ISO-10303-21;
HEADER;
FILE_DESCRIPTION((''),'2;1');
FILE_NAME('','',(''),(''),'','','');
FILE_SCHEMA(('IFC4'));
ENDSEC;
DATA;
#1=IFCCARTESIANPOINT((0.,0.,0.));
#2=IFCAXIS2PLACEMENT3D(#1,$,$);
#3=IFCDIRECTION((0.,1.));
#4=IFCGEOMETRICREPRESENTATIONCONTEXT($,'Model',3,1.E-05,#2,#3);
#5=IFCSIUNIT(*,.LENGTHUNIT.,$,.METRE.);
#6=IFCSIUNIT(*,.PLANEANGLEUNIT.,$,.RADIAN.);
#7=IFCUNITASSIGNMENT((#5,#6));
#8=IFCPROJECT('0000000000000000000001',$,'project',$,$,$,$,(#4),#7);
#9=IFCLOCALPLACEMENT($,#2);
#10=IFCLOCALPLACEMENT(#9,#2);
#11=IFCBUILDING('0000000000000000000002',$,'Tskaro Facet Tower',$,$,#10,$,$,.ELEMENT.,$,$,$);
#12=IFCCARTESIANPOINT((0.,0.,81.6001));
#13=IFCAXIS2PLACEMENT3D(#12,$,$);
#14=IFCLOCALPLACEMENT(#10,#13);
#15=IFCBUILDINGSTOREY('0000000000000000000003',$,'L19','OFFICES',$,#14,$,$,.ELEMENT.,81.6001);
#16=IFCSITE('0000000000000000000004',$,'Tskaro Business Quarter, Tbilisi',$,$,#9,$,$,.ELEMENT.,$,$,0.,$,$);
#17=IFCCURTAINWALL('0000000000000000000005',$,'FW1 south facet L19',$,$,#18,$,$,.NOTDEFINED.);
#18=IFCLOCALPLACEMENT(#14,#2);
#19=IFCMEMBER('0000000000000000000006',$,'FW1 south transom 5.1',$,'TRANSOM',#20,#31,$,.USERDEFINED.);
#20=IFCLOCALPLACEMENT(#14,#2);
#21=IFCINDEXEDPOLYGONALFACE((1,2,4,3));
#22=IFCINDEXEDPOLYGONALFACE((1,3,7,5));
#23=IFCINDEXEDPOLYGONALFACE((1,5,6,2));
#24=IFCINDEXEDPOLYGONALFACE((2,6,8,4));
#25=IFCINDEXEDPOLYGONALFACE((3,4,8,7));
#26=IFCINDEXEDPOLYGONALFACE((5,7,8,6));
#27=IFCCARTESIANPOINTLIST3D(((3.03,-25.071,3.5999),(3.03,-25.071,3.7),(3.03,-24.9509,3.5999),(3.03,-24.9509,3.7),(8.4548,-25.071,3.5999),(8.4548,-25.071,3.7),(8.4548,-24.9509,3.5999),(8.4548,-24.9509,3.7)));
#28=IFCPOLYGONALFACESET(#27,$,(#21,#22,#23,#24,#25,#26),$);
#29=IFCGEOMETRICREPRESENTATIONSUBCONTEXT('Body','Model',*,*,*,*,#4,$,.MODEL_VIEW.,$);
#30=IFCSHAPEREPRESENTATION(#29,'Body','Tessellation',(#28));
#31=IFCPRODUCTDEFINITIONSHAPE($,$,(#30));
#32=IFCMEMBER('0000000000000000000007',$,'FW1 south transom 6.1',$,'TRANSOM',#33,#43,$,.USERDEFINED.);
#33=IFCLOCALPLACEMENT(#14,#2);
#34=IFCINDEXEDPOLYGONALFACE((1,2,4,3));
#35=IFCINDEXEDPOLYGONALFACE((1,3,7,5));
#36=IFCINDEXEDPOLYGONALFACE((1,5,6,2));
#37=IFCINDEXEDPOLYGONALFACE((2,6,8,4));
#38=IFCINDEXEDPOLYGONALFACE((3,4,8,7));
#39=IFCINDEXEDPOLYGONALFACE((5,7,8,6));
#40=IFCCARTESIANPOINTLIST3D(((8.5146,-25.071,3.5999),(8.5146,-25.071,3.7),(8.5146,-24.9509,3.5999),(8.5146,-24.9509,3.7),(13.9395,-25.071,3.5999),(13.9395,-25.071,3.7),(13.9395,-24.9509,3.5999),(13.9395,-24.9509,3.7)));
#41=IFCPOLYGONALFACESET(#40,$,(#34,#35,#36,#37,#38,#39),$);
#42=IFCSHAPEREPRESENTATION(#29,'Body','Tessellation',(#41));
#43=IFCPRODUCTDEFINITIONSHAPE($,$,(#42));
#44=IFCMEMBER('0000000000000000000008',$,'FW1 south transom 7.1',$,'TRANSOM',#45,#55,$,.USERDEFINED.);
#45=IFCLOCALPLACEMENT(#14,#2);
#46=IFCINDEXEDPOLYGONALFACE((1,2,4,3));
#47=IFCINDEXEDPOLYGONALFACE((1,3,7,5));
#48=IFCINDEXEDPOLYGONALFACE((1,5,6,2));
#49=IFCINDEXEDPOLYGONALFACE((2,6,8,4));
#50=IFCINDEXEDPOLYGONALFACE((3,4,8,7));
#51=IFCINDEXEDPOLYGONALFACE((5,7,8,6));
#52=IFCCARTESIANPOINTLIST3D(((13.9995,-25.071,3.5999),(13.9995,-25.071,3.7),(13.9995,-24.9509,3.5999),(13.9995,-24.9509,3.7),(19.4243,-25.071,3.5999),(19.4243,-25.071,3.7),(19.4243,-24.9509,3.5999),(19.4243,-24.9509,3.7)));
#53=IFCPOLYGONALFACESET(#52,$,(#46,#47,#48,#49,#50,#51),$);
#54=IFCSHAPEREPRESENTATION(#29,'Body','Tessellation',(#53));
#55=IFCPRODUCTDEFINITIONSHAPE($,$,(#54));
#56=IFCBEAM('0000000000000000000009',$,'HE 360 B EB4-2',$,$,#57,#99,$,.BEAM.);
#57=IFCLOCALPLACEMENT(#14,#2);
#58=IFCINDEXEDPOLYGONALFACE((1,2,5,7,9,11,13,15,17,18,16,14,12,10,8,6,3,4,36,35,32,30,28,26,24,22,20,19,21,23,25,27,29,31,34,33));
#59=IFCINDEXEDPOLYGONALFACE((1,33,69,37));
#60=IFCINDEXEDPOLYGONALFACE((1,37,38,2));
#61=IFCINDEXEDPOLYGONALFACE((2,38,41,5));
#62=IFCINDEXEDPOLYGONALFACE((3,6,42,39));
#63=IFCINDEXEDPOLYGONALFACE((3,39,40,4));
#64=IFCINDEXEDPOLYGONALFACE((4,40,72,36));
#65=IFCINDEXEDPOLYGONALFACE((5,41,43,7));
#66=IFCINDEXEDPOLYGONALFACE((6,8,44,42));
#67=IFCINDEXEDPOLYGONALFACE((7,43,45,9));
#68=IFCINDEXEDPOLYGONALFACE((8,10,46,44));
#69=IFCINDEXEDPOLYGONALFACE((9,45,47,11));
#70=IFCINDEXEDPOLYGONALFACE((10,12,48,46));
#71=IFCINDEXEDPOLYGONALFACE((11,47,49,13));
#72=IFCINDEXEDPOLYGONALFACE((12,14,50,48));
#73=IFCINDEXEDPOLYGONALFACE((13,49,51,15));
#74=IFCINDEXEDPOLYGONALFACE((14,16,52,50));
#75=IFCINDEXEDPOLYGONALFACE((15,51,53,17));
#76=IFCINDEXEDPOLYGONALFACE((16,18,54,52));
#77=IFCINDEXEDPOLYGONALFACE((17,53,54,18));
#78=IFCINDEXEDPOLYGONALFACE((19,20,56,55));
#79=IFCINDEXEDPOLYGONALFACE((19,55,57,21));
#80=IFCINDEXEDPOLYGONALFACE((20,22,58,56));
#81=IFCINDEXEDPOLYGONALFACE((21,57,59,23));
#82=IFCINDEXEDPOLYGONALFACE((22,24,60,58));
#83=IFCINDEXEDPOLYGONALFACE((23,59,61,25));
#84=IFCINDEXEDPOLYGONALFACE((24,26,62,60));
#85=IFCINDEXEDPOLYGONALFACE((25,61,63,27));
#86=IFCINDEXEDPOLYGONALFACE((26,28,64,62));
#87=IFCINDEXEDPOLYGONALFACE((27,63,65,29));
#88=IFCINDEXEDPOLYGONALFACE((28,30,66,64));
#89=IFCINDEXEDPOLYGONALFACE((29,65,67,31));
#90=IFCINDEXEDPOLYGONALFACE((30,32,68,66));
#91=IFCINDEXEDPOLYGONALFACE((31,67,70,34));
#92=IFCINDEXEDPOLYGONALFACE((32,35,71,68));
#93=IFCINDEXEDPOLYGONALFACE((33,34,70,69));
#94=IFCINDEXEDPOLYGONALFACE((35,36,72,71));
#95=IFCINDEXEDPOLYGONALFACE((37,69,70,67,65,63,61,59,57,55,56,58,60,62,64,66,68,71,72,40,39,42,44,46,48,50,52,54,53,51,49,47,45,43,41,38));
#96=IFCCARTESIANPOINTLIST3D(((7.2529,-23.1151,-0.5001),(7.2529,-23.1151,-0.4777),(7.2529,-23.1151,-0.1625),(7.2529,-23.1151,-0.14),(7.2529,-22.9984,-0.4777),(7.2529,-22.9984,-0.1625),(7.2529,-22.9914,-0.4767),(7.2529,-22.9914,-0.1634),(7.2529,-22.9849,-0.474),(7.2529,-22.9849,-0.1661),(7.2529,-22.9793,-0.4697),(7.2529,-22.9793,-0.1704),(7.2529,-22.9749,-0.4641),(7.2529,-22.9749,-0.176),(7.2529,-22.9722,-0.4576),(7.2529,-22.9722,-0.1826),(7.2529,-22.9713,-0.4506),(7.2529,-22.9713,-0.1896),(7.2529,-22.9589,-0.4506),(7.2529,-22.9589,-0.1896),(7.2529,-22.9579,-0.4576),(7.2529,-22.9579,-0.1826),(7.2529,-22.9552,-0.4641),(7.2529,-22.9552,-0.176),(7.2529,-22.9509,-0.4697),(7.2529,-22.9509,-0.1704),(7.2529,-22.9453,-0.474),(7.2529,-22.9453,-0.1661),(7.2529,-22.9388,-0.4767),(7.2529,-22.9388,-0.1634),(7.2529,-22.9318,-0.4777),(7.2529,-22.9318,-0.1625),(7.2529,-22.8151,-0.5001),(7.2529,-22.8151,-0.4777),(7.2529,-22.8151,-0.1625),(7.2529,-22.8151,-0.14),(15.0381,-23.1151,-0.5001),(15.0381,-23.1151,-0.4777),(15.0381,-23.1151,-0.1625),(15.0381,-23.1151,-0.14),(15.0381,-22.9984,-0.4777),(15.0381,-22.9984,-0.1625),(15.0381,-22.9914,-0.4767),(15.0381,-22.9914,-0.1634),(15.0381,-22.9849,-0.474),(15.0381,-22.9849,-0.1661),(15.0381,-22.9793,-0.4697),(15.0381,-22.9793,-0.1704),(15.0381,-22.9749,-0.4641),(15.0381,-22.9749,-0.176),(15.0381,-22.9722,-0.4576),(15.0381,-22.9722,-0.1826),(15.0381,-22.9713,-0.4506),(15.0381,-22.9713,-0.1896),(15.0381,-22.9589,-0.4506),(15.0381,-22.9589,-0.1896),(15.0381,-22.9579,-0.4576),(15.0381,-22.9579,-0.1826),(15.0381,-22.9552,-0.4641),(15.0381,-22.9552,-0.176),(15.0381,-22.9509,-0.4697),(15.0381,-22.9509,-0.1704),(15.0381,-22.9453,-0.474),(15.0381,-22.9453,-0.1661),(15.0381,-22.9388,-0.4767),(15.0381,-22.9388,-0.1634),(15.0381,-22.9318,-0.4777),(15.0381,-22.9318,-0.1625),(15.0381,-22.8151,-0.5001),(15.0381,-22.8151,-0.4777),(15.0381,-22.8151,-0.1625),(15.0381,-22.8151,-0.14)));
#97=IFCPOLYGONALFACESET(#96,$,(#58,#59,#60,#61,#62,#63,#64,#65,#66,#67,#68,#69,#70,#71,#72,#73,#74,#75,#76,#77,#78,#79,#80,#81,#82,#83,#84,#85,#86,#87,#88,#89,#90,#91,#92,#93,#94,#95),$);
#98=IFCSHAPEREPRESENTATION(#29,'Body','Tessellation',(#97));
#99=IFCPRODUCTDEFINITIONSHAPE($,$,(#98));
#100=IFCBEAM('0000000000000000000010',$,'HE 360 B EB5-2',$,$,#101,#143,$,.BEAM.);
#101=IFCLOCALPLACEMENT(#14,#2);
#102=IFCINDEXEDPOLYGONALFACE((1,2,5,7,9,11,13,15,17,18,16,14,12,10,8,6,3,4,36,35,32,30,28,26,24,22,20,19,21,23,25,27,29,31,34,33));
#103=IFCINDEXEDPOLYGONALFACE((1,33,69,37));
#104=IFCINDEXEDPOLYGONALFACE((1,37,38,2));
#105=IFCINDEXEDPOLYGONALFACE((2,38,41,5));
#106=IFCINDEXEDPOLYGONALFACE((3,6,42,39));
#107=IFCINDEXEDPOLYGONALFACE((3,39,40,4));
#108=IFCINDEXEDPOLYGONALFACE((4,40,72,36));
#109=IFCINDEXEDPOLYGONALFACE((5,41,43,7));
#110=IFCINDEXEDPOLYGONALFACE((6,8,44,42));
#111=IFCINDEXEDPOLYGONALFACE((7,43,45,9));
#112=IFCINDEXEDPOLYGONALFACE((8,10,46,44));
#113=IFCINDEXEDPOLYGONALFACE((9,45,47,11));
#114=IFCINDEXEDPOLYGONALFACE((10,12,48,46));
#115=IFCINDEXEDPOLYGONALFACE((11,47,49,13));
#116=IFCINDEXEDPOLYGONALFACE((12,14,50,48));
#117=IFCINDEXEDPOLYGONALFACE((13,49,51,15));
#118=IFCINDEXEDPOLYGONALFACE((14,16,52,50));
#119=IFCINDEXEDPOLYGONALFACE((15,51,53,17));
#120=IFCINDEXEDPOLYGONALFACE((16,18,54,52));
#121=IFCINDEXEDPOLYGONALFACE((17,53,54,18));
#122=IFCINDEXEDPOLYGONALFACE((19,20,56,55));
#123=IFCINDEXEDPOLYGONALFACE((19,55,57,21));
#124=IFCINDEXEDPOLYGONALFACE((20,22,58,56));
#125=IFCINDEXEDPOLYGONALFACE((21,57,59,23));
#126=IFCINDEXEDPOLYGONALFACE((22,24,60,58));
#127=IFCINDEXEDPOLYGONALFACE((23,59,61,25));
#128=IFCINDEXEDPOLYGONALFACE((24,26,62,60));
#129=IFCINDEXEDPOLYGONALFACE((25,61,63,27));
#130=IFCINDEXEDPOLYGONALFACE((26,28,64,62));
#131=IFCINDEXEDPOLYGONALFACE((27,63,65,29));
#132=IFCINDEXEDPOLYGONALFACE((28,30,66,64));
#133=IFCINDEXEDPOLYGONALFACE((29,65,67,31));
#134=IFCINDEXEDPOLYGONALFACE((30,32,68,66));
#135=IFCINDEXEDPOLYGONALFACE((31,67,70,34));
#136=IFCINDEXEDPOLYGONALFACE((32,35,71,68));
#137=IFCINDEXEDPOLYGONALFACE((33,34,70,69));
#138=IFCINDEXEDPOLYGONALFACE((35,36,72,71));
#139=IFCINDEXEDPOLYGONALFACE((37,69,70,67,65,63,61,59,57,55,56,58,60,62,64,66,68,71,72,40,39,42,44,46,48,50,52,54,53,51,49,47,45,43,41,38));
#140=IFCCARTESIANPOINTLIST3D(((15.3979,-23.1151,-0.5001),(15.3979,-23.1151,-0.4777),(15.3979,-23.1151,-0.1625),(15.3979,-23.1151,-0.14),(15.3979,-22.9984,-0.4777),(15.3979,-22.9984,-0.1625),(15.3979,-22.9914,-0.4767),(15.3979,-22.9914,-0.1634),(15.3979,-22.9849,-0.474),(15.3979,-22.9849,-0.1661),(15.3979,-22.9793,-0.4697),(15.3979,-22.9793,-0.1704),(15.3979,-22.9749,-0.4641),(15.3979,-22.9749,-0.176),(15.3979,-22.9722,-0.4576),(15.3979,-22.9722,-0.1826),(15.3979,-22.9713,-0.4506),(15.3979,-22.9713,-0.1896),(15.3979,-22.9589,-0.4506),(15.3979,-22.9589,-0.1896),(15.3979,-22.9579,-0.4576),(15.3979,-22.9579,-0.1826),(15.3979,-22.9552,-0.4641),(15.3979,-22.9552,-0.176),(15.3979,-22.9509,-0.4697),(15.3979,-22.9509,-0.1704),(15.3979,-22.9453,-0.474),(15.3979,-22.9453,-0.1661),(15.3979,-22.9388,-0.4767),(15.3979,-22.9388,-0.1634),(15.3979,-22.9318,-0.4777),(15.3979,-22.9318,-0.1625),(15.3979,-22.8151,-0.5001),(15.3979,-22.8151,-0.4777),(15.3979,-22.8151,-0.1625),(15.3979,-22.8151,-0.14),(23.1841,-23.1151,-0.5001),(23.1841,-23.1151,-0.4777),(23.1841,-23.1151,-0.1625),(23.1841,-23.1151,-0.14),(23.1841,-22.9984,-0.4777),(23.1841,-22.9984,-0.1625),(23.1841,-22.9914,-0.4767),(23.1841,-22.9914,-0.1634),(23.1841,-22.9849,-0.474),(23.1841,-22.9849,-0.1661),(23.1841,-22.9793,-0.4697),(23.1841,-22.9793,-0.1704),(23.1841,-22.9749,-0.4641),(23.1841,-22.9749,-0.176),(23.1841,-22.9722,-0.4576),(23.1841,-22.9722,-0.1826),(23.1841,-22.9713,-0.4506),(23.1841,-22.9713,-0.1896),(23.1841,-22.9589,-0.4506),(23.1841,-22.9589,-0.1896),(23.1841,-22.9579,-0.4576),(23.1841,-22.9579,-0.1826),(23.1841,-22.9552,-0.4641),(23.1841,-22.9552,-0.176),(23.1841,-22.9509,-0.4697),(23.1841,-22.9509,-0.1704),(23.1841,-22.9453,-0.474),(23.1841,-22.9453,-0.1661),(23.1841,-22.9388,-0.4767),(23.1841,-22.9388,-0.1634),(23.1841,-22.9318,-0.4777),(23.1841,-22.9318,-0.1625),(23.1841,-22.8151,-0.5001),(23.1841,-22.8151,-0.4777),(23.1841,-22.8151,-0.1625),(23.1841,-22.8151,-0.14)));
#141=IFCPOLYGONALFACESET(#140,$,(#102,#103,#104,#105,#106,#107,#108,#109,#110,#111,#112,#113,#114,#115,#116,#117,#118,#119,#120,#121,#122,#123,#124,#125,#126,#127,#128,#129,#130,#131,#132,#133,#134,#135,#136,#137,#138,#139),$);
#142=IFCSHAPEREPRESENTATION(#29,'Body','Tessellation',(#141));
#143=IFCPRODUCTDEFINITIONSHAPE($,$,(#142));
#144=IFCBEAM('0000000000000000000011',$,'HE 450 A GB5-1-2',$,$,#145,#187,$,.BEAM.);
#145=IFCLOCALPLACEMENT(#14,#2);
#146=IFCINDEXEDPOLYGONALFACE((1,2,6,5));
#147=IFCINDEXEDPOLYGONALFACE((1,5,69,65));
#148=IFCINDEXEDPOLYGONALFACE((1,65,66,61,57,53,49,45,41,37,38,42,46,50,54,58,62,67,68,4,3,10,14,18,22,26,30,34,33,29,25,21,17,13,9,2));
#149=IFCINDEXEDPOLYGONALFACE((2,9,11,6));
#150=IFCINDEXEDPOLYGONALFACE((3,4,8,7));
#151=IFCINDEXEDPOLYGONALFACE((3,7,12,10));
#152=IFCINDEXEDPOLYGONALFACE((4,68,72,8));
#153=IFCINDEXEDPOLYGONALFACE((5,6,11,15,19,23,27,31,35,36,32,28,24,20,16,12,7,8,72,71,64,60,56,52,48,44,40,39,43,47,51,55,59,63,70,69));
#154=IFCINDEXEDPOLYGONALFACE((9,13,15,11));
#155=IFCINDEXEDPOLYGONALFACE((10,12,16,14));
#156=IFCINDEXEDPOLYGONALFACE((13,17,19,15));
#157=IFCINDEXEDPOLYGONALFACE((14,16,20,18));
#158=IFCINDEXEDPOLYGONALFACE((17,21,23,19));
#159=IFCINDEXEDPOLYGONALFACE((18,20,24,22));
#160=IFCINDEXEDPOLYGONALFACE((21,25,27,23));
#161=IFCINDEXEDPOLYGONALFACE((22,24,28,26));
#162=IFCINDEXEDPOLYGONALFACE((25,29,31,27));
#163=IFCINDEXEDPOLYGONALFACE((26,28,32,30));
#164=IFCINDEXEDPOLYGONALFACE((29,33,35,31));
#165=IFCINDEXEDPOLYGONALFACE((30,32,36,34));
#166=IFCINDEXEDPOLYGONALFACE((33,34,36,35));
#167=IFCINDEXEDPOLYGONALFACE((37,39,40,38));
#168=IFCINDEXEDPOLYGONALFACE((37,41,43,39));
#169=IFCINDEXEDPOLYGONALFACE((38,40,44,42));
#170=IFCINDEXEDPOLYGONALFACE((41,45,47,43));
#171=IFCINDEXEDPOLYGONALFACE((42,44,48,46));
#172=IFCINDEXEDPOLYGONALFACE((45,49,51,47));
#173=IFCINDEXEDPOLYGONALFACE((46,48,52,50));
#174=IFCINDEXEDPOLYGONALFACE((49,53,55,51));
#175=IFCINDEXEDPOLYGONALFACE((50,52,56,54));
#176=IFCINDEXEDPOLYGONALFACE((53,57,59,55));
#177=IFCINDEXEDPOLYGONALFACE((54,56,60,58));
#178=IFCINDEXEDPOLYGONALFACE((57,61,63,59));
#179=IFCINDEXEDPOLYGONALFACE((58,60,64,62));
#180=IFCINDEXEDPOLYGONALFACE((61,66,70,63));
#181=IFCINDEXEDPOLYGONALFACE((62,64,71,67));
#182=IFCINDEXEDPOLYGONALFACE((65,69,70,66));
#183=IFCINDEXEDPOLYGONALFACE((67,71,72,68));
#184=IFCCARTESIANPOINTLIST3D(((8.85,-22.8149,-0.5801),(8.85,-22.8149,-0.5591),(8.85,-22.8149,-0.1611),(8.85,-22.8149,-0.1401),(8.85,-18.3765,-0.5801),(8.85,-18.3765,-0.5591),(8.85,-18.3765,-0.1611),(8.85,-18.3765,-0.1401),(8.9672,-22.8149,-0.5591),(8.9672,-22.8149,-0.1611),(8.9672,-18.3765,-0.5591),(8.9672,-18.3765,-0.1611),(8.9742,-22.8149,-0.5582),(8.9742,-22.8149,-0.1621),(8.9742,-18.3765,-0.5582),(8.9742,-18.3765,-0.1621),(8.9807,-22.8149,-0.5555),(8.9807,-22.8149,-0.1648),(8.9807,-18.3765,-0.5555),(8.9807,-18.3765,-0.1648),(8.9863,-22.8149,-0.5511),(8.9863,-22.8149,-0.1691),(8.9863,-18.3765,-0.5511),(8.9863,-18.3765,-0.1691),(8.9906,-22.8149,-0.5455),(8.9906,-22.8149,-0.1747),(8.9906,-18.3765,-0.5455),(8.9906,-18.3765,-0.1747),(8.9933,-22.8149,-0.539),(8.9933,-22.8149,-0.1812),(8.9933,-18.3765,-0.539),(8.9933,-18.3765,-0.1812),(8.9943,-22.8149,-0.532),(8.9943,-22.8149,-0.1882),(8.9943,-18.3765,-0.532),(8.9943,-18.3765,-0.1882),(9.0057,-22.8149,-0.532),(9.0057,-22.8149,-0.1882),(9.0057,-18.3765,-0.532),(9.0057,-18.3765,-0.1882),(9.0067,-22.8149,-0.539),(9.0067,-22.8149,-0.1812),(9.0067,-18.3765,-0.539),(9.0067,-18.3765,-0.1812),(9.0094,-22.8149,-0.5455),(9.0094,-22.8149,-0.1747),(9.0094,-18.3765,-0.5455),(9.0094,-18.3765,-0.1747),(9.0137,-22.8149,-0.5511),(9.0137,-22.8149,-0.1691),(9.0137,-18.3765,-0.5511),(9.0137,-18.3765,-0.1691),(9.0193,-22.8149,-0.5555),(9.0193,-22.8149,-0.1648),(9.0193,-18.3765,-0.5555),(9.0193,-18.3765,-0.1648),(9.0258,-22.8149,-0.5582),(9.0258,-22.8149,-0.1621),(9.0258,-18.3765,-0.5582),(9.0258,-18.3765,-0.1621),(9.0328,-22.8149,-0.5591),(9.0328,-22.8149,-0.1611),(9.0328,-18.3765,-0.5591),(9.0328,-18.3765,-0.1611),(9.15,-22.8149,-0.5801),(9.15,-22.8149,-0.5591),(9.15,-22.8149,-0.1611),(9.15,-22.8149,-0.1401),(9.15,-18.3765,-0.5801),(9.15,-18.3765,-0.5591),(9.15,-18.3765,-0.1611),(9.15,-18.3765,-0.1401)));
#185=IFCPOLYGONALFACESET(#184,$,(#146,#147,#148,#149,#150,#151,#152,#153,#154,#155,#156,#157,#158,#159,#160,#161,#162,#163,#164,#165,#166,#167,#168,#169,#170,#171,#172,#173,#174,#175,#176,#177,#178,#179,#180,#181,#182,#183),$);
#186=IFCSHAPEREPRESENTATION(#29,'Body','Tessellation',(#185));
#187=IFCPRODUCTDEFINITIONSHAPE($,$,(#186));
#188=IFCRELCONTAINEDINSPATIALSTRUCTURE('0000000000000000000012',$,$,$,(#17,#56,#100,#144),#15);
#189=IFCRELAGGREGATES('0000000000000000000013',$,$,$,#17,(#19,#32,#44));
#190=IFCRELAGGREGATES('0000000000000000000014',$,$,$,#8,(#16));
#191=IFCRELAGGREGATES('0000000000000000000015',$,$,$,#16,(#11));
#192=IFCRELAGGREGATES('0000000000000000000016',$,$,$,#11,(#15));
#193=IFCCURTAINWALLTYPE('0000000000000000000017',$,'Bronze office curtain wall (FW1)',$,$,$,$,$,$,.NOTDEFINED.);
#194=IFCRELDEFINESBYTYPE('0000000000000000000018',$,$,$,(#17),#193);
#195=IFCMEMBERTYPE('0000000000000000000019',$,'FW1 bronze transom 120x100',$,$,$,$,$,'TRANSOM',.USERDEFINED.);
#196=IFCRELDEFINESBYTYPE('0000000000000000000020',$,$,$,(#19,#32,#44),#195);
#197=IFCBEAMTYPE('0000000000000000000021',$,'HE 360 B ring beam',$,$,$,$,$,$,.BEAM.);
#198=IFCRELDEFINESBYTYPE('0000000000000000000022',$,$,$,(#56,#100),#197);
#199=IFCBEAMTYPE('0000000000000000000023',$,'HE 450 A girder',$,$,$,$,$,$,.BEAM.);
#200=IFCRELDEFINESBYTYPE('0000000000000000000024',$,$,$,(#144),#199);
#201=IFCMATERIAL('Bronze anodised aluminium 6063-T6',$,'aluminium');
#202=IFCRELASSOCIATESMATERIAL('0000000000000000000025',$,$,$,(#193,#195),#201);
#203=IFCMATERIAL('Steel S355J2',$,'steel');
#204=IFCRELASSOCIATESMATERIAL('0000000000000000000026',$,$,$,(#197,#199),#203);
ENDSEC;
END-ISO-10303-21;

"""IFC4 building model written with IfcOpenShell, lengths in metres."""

from ifc_helpers import new_model, si_unit, direction, frame, origin, origin_2d, place, context, subcontext, project, spatial, rectangle, i_section, extrude, material, material_profile, profile_set, type_object, element, aggregate, save


model = new_model("IFC4")

# Units and contexts
model_context = context("Model", 3, precision=1e-05, world=origin(), true_north=direction((0.0, 1.0)))
body_context = subcontext(model_context, "Body", "Model", "MODEL_VIEW")
ifc_project = project(units=[si_unit("LENGTHUNIT", "METRE"), si_unit("PLANEANGLEUNIT", "RADIAN")], contexts=[model_context])

# Site, building, storey
site_placement = place(None, origin())
site = spatial("IfcSite", under=ifc_project, at=site_placement, Name="Tskaro Business Quarter, Tbilisi", CompositionType="ELEMENT", RefElevation=0.0)
building_placement = place(site_placement, origin())
building = spatial("IfcBuilding", under=site, at=building_placement, Name="Tskaro Facet Tower", CompositionType="ELEMENT")
storey_placement = place(building_placement, frame((0.0, 0.0, 81.6001)))
storey = spatial("IfcBuildingStorey", under=building, at=storey_placement, Name="L19", Description="OFFICES", CompositionType="ELEMENT", Elevation=81.6001)

# Curtain wall, members
ifc_material_1 = material(Name="Bronze anodised aluminium 6063-T6", Category="aluminium")
curtain_wall_type = type_object("IfcCurtainWallType", Name="Bronze office curtain wall (FW1)", PredefinedType="NOTDEFINED", material=ifc_material_1)
curtain_wall_placement = place(storey_placement, origin())
curtain_wall = element("IfcCurtainWall", 1, at=curtain_wall_placement, inside=storey, type_object=curtain_wall_type, Name="FW1 south facet L19", PredefinedType="NOTDEFINED")
ifc_material_profile_1 = material_profile(ifc_material_1, rectangle(XDim=0.1201, YDim=0.1001, at=origin_2d()), Name="Transom 120x100")
ifc_profile_set_1 = profile_set([ifc_material_profile_1], Name="Bronze anodised aluminium 6063-T6")
member_type_1 = type_object("IfcMemberType", Name="FW1 bronze transom 120x100", ElementType="TRANSOM", PredefinedType="USERDEFINED", material=ifc_profile_set_1)
member_1_placement = place(storey_placement, frame((3.03, -25.011, 3.6499), z_axis=(1.0, 0.0, 0.0), x_axis=(0.0, 1.0, 0.0)))
member_1 = element("IfcMember", 2, at=member_1_placement, type_object=member_type_1, Name="FW1 south transom 5.1", ObjectType="TRANSOM", PredefinedType="USERDEFINED", context=body_context, shape_type="SweptSolid", body=[
    extrude(rectangle(XDim=0.1201, YDim=0.1001, at=origin_2d()), origin(), (0.0, 0.0, 1.0), 5.4248),
])
member_2_placement = place(storey_placement, frame((8.5146, -25.011, 3.6499), z_axis=(1.0, 0.0, 0.0), x_axis=(0.0, 1.0, 0.0)))
member_2 = element("IfcMember", 3, at=member_2_placement, type_object=member_type_1, Name="FW1 south transom 6.1", ObjectType="TRANSOM", PredefinedType="USERDEFINED", context=body_context, shape_type="SweptSolid", body=[
    extrude(rectangle(XDim=0.1201, YDim=0.1001, at=origin_2d()), origin(), (0.0, 0.0, 1.0), 5.4248),
])
member_3_placement = place(storey_placement, frame((13.9995, -25.011, 3.6499), z_axis=(1.0, 0.0, 0.0), x_axis=(0.0, 1.0, 0.0)))
member_3 = element("IfcMember", 4, at=member_3_placement, type_object=member_type_1, Name="FW1 south transom 7.1", ObjectType="TRANSOM", PredefinedType="USERDEFINED", context=body_context, shape_type="SweptSolid", body=[
    extrude(rectangle(XDim=0.1201, YDim=0.1001, at=origin_2d()), origin(), (0.0, 0.0, 1.0), 5.4248),
])

# Beams
ifc_material_2 = material(Name="Steel S355J2", Category="steel")
ifc_material_profile_2 = material_profile(ifc_material_2, i_section(OverallWidth=0.3, OverallDepth=0.3601, WebThickness=0.0125, FlangeThickness=0.0225, FilletRadius=0.0271, at=origin_2d()), Name="HE 360 B")
ifc_profile_set_2 = profile_set([ifc_material_profile_2], Name="Steel S355J2")
beam_type_1 = type_object("IfcBeamType", Name="HE 360 B ring beam", PredefinedType="BEAM", material=ifc_profile_set_2)
beam_1_placement = place(storey_placement, frame((7.2529, -22.9651, -0.3201), z_axis=(1.0, 0.0, 0.0), x_axis=(0.0, 1.0, 0.0)))
element("IfcBeam", 5, at=beam_1_placement, inside=storey, type_object=beam_type_1, Name="HE 360 B EB4-2", PredefinedType="BEAM", context=body_context, shape_type="SweptSolid", body=[
    extrude(i_section(OverallWidth=0.3, OverallDepth=0.3601, WebThickness=0.0125, FlangeThickness=0.0225, FilletRadius=0.0271, at=origin_2d()), origin(), (0.0, 0.0, 1.0), 7.7852),
])
beam_2_placement = place(storey_placement, frame((15.3979, -22.9651, -0.3201), z_axis=(1.0, 0.0, 0.0), x_axis=(0.0, 1.0, 0.0)))
element("IfcBeam", 6, at=beam_2_placement, inside=storey, type_object=beam_type_1, Name="HE 360 B EB5-2", PredefinedType="BEAM", context=body_context, shape_type="SweptSolid", body=[
    extrude(i_section(OverallWidth=0.3, OverallDepth=0.3601, WebThickness=0.0125, FlangeThickness=0.0225, FilletRadius=0.0271, at=origin_2d()), origin(), (0.0, 0.0, 1.0), 7.7861),
])
ifc_material_profile_3 = material_profile(ifc_material_2, i_section(OverallWidth=0.3, OverallDepth=0.4399, WebThickness=0.0115, FlangeThickness=0.021, FilletRadius=0.0271, at=origin_2d()), Name="HE 450 A")
ifc_profile_set_3 = profile_set([ifc_material_profile_3], Name="Steel S355J2")
beam_type_2 = type_object("IfcBeamType", Name="HE 450 A girder", PredefinedType="BEAM", material=ifc_profile_set_3)
beam_3_placement = place(storey_placement, frame((9.0, -22.8149, -0.3601), z_axis=(0.0, 1.0, 0.0), x_axis=(-1.0, 0.0, 0.0)))
element("IfcBeam", 7, at=beam_3_placement, inside=storey, type_object=beam_type_2, Name="HE 450 A GB5-1-2", PredefinedType="BEAM", context=body_context, shape_type="SweptSolid", body=[
    extrude(i_section(OverallWidth=0.3, OverallDepth=0.4399, WebThickness=0.0115, FlangeThickness=0.021, FilletRadius=0.0271, at=origin_2d()), origin(), (0.0, 0.0, 1.0), 4.4385),
])

aggregate(curtain_wall, [member_1, member_2, member_3])

save(model, "model.ifc")
